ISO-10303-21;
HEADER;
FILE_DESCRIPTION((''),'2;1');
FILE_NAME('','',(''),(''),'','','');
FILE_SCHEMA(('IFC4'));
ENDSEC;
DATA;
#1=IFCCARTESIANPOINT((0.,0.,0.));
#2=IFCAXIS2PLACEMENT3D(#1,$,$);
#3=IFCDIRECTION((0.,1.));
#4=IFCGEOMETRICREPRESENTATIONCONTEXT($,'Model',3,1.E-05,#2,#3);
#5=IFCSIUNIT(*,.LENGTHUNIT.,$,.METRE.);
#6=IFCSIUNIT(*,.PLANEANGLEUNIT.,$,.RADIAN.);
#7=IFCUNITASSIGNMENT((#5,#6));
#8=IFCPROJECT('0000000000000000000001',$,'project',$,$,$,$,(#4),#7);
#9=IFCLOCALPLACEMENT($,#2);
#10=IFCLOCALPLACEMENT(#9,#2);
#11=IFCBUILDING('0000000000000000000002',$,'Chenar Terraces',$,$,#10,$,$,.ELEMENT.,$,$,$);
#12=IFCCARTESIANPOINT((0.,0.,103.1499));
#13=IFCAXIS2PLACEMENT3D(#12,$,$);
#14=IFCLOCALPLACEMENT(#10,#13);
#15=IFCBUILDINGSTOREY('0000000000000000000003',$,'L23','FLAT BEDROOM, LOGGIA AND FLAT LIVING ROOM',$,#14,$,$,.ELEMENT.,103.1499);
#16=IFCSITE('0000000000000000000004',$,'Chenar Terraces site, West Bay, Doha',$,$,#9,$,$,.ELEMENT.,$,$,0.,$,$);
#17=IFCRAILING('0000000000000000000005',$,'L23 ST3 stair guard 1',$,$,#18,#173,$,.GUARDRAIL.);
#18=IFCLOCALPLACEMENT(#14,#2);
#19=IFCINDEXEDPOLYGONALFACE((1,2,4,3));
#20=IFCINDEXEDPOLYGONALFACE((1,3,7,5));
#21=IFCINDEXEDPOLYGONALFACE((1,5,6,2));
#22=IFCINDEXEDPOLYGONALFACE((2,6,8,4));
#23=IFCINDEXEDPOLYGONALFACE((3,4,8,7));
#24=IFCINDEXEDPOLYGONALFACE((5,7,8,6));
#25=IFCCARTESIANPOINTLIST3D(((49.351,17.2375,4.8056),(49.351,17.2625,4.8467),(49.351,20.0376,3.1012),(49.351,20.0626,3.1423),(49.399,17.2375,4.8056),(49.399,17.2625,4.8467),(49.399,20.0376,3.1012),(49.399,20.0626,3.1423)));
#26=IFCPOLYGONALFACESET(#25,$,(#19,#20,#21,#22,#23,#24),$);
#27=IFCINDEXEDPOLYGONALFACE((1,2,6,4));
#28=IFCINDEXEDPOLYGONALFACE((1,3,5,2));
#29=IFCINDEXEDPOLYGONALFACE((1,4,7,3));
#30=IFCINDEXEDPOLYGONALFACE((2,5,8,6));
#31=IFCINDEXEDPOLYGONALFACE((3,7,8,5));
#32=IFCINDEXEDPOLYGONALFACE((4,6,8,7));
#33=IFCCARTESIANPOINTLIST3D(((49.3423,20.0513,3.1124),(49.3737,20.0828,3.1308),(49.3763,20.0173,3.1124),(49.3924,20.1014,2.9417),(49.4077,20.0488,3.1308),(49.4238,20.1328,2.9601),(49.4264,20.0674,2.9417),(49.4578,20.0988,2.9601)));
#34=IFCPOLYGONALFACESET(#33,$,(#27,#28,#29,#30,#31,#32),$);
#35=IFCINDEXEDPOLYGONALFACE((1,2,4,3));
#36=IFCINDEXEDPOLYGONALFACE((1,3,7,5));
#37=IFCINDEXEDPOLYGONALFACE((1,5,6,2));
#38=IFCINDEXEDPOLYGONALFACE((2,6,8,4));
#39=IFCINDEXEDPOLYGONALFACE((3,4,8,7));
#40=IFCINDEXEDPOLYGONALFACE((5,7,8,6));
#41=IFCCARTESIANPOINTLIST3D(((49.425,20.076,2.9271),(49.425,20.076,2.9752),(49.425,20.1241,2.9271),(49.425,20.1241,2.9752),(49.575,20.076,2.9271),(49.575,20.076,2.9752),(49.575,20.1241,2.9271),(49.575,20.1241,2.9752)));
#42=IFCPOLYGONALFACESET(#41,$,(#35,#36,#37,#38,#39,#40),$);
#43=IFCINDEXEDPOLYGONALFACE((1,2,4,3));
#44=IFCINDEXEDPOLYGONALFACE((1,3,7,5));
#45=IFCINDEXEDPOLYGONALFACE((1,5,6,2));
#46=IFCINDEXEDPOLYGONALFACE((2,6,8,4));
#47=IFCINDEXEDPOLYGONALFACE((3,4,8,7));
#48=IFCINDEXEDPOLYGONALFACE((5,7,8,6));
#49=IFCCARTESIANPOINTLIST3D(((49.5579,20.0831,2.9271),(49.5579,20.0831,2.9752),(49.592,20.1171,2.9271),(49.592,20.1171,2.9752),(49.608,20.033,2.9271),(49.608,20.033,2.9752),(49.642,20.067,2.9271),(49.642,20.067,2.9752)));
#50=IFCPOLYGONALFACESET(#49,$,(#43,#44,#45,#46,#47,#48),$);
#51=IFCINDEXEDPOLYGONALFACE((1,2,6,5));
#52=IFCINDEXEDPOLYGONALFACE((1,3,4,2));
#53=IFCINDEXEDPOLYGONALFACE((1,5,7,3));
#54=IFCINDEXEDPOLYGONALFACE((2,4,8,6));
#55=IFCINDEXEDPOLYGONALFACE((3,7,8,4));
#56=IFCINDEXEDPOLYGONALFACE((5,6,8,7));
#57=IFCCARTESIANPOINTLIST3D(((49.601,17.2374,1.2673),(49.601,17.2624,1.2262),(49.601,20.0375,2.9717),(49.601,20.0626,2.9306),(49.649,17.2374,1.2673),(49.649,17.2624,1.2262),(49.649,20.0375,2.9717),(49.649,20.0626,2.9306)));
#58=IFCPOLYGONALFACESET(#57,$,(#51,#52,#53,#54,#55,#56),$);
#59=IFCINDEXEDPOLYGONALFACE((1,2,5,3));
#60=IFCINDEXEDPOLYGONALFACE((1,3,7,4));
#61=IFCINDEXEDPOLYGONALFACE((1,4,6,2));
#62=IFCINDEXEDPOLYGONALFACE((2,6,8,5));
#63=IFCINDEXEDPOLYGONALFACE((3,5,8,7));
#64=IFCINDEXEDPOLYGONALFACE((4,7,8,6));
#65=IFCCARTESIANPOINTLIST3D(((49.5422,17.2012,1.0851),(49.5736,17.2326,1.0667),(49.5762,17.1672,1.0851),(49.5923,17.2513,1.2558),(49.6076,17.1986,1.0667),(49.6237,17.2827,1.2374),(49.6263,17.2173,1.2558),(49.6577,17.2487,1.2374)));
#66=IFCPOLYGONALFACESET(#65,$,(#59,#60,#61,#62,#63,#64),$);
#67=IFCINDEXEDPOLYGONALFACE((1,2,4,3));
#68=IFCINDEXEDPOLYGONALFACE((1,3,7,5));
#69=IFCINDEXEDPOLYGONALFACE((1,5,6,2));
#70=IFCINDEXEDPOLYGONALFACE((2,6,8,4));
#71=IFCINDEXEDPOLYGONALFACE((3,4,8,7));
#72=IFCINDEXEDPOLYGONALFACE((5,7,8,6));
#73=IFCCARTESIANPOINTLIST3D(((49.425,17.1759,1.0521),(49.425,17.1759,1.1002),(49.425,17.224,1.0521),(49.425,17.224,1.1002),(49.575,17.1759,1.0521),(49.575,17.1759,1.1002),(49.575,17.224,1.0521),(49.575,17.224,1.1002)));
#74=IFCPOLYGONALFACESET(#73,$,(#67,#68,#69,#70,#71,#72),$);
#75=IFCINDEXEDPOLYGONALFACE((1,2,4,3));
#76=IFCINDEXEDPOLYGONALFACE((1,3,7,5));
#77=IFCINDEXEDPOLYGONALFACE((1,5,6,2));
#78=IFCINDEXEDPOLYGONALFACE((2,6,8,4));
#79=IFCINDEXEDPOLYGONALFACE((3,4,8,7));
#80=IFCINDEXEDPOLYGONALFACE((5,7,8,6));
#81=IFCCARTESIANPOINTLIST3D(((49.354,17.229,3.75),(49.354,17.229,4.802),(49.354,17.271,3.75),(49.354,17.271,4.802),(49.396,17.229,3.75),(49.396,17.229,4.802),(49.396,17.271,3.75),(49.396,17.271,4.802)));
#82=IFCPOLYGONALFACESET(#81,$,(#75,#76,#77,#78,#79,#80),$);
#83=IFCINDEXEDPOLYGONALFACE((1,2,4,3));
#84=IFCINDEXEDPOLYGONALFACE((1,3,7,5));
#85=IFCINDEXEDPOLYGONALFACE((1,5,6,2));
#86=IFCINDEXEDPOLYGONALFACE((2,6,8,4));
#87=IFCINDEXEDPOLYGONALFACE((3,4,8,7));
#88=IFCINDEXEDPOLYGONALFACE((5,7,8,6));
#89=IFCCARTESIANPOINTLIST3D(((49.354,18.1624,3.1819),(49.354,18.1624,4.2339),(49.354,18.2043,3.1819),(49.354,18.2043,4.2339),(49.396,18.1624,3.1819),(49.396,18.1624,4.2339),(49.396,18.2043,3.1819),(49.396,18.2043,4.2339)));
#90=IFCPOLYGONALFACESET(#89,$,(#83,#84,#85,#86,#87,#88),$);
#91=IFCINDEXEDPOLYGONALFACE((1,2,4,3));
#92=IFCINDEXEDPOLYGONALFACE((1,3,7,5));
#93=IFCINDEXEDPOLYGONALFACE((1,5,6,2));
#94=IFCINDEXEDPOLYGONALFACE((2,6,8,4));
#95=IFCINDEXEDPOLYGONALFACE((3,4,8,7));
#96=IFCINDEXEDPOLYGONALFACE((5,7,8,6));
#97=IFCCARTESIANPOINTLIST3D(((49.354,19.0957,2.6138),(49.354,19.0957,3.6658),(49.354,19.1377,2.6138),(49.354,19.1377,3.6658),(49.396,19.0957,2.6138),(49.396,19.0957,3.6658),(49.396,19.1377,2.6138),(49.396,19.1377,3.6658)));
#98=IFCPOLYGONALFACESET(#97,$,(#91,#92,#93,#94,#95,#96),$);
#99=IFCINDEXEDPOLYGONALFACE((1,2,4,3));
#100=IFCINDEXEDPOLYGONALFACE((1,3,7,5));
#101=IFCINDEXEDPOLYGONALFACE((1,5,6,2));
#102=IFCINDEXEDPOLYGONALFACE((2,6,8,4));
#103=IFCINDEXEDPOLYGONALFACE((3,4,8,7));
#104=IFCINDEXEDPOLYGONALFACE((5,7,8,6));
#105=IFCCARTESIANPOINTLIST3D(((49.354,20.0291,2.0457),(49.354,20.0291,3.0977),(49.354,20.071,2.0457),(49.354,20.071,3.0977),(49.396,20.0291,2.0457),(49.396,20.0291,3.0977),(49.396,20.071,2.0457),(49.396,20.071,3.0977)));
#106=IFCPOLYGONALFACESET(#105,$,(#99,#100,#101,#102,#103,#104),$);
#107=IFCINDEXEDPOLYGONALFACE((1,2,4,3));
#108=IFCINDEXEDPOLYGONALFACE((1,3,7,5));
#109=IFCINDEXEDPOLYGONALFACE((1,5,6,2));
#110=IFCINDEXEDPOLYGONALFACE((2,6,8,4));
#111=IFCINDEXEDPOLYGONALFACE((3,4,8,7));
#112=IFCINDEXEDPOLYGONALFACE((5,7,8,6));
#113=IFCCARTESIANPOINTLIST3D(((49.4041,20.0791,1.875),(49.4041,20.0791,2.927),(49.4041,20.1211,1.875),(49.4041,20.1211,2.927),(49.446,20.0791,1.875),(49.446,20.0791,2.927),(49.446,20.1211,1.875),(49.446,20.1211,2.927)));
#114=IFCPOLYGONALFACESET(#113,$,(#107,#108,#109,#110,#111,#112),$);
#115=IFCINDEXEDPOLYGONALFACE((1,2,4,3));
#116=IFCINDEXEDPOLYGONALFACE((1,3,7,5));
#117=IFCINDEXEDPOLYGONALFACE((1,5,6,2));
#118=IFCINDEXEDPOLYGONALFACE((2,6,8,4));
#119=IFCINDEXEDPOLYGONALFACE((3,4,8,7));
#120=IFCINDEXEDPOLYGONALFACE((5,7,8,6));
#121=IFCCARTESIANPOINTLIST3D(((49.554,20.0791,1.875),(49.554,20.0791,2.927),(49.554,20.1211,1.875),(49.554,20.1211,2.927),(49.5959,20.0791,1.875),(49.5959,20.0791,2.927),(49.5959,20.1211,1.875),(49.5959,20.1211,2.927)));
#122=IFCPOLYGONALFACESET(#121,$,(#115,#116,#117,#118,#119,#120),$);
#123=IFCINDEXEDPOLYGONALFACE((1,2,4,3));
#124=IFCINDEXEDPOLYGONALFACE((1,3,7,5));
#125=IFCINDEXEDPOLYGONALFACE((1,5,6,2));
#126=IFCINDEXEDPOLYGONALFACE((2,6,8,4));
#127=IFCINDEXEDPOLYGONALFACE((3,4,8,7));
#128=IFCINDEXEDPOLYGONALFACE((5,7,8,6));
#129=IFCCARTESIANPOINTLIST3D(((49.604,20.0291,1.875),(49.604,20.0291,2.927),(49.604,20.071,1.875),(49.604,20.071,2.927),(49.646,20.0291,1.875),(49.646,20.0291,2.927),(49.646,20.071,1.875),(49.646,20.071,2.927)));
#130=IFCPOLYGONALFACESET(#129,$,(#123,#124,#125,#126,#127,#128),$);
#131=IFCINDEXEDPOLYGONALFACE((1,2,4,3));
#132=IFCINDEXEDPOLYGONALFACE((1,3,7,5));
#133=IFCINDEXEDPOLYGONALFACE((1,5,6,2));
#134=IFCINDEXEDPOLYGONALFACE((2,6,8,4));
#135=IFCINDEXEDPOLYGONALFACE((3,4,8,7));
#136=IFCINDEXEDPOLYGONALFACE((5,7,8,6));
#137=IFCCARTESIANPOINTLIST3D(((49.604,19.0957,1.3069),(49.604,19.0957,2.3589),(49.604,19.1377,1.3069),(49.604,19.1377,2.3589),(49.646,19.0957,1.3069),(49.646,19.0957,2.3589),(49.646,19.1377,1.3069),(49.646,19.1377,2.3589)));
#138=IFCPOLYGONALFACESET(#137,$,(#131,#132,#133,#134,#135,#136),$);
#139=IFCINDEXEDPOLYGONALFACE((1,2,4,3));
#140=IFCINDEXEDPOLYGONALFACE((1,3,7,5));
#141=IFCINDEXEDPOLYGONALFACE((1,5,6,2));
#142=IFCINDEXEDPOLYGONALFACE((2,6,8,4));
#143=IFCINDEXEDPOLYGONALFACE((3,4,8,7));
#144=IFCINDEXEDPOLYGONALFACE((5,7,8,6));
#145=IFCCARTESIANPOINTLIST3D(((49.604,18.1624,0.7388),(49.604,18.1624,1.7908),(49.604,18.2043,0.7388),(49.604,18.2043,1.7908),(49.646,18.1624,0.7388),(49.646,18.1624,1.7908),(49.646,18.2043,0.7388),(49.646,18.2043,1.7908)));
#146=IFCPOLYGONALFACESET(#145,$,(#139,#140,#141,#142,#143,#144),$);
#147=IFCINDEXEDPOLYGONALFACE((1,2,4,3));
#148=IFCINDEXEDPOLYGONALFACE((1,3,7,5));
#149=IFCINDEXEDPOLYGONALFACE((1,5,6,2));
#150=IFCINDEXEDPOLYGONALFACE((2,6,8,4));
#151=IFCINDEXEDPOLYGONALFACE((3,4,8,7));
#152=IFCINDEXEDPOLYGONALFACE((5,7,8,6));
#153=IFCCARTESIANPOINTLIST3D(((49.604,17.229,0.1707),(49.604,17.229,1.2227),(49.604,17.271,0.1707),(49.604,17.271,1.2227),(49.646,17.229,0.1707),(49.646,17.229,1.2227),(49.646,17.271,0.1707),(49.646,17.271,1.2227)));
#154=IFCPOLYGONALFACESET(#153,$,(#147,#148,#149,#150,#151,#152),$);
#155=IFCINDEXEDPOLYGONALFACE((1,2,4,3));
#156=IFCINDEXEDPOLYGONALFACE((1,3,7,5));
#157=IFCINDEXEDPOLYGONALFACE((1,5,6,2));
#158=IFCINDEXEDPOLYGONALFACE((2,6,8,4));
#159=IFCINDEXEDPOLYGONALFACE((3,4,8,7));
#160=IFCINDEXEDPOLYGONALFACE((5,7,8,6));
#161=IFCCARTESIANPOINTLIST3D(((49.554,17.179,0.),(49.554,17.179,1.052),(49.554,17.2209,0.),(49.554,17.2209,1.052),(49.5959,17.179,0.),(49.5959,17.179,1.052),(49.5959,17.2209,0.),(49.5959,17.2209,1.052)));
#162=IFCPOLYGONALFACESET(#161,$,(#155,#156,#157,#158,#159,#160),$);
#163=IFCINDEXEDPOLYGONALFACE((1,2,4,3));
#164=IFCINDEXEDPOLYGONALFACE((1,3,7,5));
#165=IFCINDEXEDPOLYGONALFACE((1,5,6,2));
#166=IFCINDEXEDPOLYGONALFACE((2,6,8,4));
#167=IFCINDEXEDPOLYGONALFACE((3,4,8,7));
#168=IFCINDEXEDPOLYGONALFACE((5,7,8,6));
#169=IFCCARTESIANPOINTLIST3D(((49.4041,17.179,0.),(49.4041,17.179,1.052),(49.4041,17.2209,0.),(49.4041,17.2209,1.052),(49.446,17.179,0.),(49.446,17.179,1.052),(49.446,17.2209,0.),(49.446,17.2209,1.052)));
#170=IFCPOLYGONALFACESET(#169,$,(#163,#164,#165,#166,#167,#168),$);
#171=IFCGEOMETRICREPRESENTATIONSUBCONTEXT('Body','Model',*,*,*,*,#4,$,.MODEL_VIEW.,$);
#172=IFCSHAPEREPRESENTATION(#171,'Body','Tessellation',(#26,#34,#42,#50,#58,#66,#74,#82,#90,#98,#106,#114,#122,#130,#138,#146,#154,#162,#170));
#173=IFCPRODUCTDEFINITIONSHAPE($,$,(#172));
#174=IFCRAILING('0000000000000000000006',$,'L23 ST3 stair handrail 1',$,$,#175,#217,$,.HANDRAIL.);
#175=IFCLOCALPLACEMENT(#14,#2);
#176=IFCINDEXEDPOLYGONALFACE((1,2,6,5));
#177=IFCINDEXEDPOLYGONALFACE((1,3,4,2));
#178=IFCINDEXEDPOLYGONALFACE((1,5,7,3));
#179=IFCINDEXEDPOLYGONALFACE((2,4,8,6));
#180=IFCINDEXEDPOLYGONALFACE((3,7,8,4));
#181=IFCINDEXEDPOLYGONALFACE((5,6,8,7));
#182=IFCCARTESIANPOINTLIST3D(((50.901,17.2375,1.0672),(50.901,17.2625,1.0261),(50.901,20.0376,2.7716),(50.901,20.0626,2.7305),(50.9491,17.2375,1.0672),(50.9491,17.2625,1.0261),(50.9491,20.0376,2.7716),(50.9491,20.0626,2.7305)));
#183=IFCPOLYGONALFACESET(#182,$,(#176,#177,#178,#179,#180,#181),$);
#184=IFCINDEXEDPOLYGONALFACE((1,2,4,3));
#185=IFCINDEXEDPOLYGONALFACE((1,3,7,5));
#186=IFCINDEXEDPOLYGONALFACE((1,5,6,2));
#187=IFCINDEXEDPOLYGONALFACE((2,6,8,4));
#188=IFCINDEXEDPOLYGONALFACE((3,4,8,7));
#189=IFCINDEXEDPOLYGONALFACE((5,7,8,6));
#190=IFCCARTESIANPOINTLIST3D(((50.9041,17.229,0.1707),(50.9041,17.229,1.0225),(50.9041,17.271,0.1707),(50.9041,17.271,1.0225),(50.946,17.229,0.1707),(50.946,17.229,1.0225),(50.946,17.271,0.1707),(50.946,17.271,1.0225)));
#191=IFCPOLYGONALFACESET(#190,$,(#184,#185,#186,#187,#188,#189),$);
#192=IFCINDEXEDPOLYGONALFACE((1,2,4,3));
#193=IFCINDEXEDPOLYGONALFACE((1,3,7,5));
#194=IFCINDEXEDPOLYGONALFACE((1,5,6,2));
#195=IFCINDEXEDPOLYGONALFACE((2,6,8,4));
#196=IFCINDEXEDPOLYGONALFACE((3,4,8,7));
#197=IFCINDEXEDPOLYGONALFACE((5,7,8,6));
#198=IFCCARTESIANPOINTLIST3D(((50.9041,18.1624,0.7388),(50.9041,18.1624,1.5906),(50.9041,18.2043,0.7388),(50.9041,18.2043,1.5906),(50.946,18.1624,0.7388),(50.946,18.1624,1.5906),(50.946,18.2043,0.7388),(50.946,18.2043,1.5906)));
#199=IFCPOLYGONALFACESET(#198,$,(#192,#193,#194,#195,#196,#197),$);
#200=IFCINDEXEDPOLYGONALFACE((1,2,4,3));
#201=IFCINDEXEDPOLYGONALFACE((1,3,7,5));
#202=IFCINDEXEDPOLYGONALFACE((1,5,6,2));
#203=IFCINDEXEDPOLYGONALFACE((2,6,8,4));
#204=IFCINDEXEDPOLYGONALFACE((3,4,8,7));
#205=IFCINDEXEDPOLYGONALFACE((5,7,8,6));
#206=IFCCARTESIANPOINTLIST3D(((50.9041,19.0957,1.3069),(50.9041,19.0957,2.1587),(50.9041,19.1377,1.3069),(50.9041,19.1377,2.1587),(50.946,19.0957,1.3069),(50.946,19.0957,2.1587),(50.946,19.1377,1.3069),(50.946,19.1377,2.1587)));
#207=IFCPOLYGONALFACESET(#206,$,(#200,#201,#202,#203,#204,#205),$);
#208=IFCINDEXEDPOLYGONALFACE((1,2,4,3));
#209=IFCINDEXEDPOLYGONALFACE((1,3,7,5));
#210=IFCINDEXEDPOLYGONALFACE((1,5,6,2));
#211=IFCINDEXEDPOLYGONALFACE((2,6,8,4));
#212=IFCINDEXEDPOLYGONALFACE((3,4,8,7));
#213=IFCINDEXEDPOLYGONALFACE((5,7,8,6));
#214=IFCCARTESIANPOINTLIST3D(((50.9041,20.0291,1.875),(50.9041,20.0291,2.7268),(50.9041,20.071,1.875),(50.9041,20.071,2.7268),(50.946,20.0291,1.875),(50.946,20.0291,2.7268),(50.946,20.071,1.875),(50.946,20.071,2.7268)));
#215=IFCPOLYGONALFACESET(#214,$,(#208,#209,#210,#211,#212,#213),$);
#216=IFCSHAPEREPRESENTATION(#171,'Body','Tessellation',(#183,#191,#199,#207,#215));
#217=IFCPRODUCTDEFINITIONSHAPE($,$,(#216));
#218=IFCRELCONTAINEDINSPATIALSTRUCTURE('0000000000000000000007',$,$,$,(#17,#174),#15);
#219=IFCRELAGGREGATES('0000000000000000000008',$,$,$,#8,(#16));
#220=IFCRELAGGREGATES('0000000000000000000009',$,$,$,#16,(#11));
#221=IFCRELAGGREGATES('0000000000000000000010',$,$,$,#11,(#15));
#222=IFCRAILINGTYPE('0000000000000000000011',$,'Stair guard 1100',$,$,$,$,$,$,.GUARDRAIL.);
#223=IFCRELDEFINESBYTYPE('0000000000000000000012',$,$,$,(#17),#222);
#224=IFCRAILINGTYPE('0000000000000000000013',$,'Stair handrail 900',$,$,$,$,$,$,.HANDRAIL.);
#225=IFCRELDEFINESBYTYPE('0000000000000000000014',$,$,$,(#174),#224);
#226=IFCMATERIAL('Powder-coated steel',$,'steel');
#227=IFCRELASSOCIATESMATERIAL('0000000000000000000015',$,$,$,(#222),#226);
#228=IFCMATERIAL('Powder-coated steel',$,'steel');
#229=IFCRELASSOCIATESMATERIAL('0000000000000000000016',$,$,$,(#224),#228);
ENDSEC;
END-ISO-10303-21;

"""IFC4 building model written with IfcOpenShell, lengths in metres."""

from ifc_helpers import new_model, si_unit, direction, frame, origin, origin_2d, place, context, subcontext, project, spatial, rectangle, extrude, material, type_object, element, save


model = new_model("IFC4")

# Units and contexts
model_context = context("Model", 3, precision=1e-05, world=origin(), true_north=direction((0.0, 1.0)))
body_context = subcontext(model_context, "Body", "Model", "MODEL_VIEW")
ifc_project = project(units=[si_unit("LENGTHUNIT", "METRE"), si_unit("PLANEANGLEUNIT", "RADIAN")], contexts=[model_context])

# Site, building, storey
site_placement = place(None, origin())
site = spatial("IfcSite", under=ifc_project, at=site_placement, Name="Chenar Terraces site, West Bay, Doha", CompositionType="ELEMENT", RefElevation=0.0)
building_placement = place(site_placement, origin())
building = spatial("IfcBuilding", under=site, at=building_placement, Name="Chenar Terraces", CompositionType="ELEMENT")
storey_placement = place(building_placement, frame((0.0, 0.0, 103.1499)))
storey = spatial("IfcBuildingStorey", under=building, at=storey_placement, Name="L23", Description="FLAT BEDROOM, LOGGIA AND FLAT LIVING ROOM", CompositionType="ELEMENT", Elevation=103.1499)

# Railings
ifc_material_1 = material(Name="Powder-coated steel", Category="steel")
railing_type_1 = type_object("IfcRailingType", Name="Stair guard 1100", PredefinedType="GUARDRAIL", material=ifc_material_1)
railing_1_placement = place(storey_placement, frame((49.375, 17.25, 3.75)))
element("IfcRailing", 1, at=railing_1_placement, inside=storey, type_object=railing_type_1, Name="L23 ST3 stair guard 1", PredefinedType="GUARDRAIL", context=body_context, shape_type="SweptSolid", body=[
    extrude(rectangle(XDim=0.0481, YDim=0.0481, at=origin_2d()), frame((0.0, 0.0, 1.0762), z_axis=(0.0, 0.854203, -0.51994), x_axis=(-1.0, 0.0, 0.0)), (0.0, 0.0, 1.0), 3.2781),
    extrude(rectangle(XDim=0.0481, YDim=0.0481, at=origin_2d()), frame((0.0, 2.8, -0.6284), z_axis=(0.2709, 0.2709, -0.923703), x_axis=(-0.707107, 0.707107, 0.0)), (0.0, 0.0, 1.0), 0.1848),
    extrude(rectangle(XDim=0.0481, YDim=0.0481, at=origin_2d()), frame((0.05, 2.8501, -0.7988), z_axis=(1.0, 0.0, 0.0), x_axis=(0.0, 1.0, 0.0)), (0.0, 0.0, 1.0), 0.1499),
    extrude(rectangle(XDim=0.0481, YDim=0.0481, at=origin_2d()), frame((0.2, 2.8501, -0.7988), z_axis=(0.707107, -0.707107, 0.0), x_axis=(0.707107, 0.707107, 0.0)), (0.0, 0.0, 1.0), 0.0708),
    extrude(rectangle(XDim=0.0481, YDim=0.0481, at=origin_2d()), frame((0.25, 2.8, -0.7988), z_axis=(0.0, -0.854203, -0.51994), x_axis=(1.0, 0.0, 0.0)), (0.0, 0.0, 1.0), 3.2781),
    extrude(rectangle(XDim=0.0481, YDim=0.0481, at=origin_2d()), frame((0.25, 0.0, -2.5034), z_axis=(-0.2709, -0.2709, -0.923703), x_axis=(0.707107, -0.707107, 0.0)), (0.0, 0.0, 1.0), 0.1848),
    extrude(rectangle(XDim=0.0481, YDim=0.0481, at=origin_2d()), frame((0.2, -0.05, -2.6738), z_axis=(-1.0, 0.0, 0.0), x_axis=(0.0, -1.0, 0.0)), (0.0, 0.0, 1.0), 0.1499),
    extrude(rectangle(XDim=0.042, YDim=0.042, at=origin_2d()), origin(), (0.0, 0.0, 1.0), 1.052),
    extrude(rectangle(XDim=0.042, YDim=0.042, at=origin_2d()), frame((0.0, 0.9333, -0.5681)), (0.0, 0.0, 1.0), 1.052),
    extrude(rectangle(XDim=0.042, YDim=0.042, at=origin_2d()), frame((0.0, 1.8667, -1.1362)), (0.0, 0.0, 1.0), 1.052),
    extrude(rectangle(XDim=0.042, YDim=0.042, at=origin_2d()), frame((0.0, 2.8, -1.7043)), (0.0, 0.0, 1.0), 1.052),
    extrude(rectangle(XDim=0.042, YDim=0.042, at=origin_2d()), frame((0.05, 2.8501, -1.875)), (0.0, 0.0, 1.0), 1.052),
    extrude(rectangle(XDim=0.042, YDim=0.042, at=origin_2d()), frame((0.2, 2.8501, -1.875)), (0.0, 0.0, 1.0), 1.052),
    extrude(rectangle(XDim=0.042, YDim=0.042, at=origin_2d()), frame((0.25, 2.8, -1.875)), (0.0, 0.0, 1.0), 1.052),
    extrude(rectangle(XDim=0.042, YDim=0.042, at=origin_2d()), frame((0.25, 1.8667, -2.4431)), (0.0, 0.0, 1.0), 1.052),
    extrude(rectangle(XDim=0.042, YDim=0.042, at=origin_2d()), frame((0.25, 0.9333, -3.0112)), (0.0, 0.0, 1.0), 1.052),
    extrude(rectangle(XDim=0.042, YDim=0.042, at=origin_2d()), frame((0.25, 0.0, -3.5793)), (0.0, 0.0, 1.0), 1.052),
    extrude(rectangle(XDim=0.042, YDim=0.042, at=origin_2d()), frame((0.2, -0.05, -3.75)), (0.0, 0.0, 1.0), 1.052),
    extrude(rectangle(XDim=0.042, YDim=0.042, at=origin_2d()), frame((0.05, -0.05, -3.75)), (0.0, 0.0, 1.0), 1.052),
])
ifc_material_2 = material(Name="Powder-coated steel", Category="steel")
railing_type_2 = type_object("IfcRailingType", Name="Stair handrail 900", PredefinedType="HANDRAIL", material=ifc_material_2)
railing_2_placement = place(storey_placement, frame((50.925, 17.25, 0.1707)))
element("IfcRailing", 2, at=railing_2_placement, inside=storey, type_object=railing_type_2, Name="L23 ST3 stair handrail 1", PredefinedType="HANDRAIL", context=body_context, shape_type="SweptSolid", body=[
    extrude(rectangle(XDim=0.0481, YDim=0.0481, at=origin_2d()), frame((0.0, 0.0, 0.876), z_axis=(0.0, 0.854203, 0.51994), x_axis=(-1.0, 0.0, 0.0)), (0.0, 0.0, 1.0), 3.2781),
    extrude(rectangle(XDim=0.042, YDim=0.042, at=origin_2d()), origin(), (0.0, 0.0, 1.0), 0.8518),
    extrude(rectangle(XDim=0.042, YDim=0.042, at=origin_2d()), frame((0.0, 0.9333, 0.5681)), (0.0, 0.0, 1.0), 0.8518),
    extrude(rectangle(XDim=0.042, YDim=0.042, at=origin_2d()), frame((0.0, 1.8667, 1.1362)), (0.0, 0.0, 1.0), 0.8518),
    extrude(rectangle(XDim=0.042, YDim=0.042, at=origin_2d()), frame((0.0, 2.8, 1.7043)), (0.0, 0.0, 1.0), 0.8518),
])

save(model, "model.ifc")
